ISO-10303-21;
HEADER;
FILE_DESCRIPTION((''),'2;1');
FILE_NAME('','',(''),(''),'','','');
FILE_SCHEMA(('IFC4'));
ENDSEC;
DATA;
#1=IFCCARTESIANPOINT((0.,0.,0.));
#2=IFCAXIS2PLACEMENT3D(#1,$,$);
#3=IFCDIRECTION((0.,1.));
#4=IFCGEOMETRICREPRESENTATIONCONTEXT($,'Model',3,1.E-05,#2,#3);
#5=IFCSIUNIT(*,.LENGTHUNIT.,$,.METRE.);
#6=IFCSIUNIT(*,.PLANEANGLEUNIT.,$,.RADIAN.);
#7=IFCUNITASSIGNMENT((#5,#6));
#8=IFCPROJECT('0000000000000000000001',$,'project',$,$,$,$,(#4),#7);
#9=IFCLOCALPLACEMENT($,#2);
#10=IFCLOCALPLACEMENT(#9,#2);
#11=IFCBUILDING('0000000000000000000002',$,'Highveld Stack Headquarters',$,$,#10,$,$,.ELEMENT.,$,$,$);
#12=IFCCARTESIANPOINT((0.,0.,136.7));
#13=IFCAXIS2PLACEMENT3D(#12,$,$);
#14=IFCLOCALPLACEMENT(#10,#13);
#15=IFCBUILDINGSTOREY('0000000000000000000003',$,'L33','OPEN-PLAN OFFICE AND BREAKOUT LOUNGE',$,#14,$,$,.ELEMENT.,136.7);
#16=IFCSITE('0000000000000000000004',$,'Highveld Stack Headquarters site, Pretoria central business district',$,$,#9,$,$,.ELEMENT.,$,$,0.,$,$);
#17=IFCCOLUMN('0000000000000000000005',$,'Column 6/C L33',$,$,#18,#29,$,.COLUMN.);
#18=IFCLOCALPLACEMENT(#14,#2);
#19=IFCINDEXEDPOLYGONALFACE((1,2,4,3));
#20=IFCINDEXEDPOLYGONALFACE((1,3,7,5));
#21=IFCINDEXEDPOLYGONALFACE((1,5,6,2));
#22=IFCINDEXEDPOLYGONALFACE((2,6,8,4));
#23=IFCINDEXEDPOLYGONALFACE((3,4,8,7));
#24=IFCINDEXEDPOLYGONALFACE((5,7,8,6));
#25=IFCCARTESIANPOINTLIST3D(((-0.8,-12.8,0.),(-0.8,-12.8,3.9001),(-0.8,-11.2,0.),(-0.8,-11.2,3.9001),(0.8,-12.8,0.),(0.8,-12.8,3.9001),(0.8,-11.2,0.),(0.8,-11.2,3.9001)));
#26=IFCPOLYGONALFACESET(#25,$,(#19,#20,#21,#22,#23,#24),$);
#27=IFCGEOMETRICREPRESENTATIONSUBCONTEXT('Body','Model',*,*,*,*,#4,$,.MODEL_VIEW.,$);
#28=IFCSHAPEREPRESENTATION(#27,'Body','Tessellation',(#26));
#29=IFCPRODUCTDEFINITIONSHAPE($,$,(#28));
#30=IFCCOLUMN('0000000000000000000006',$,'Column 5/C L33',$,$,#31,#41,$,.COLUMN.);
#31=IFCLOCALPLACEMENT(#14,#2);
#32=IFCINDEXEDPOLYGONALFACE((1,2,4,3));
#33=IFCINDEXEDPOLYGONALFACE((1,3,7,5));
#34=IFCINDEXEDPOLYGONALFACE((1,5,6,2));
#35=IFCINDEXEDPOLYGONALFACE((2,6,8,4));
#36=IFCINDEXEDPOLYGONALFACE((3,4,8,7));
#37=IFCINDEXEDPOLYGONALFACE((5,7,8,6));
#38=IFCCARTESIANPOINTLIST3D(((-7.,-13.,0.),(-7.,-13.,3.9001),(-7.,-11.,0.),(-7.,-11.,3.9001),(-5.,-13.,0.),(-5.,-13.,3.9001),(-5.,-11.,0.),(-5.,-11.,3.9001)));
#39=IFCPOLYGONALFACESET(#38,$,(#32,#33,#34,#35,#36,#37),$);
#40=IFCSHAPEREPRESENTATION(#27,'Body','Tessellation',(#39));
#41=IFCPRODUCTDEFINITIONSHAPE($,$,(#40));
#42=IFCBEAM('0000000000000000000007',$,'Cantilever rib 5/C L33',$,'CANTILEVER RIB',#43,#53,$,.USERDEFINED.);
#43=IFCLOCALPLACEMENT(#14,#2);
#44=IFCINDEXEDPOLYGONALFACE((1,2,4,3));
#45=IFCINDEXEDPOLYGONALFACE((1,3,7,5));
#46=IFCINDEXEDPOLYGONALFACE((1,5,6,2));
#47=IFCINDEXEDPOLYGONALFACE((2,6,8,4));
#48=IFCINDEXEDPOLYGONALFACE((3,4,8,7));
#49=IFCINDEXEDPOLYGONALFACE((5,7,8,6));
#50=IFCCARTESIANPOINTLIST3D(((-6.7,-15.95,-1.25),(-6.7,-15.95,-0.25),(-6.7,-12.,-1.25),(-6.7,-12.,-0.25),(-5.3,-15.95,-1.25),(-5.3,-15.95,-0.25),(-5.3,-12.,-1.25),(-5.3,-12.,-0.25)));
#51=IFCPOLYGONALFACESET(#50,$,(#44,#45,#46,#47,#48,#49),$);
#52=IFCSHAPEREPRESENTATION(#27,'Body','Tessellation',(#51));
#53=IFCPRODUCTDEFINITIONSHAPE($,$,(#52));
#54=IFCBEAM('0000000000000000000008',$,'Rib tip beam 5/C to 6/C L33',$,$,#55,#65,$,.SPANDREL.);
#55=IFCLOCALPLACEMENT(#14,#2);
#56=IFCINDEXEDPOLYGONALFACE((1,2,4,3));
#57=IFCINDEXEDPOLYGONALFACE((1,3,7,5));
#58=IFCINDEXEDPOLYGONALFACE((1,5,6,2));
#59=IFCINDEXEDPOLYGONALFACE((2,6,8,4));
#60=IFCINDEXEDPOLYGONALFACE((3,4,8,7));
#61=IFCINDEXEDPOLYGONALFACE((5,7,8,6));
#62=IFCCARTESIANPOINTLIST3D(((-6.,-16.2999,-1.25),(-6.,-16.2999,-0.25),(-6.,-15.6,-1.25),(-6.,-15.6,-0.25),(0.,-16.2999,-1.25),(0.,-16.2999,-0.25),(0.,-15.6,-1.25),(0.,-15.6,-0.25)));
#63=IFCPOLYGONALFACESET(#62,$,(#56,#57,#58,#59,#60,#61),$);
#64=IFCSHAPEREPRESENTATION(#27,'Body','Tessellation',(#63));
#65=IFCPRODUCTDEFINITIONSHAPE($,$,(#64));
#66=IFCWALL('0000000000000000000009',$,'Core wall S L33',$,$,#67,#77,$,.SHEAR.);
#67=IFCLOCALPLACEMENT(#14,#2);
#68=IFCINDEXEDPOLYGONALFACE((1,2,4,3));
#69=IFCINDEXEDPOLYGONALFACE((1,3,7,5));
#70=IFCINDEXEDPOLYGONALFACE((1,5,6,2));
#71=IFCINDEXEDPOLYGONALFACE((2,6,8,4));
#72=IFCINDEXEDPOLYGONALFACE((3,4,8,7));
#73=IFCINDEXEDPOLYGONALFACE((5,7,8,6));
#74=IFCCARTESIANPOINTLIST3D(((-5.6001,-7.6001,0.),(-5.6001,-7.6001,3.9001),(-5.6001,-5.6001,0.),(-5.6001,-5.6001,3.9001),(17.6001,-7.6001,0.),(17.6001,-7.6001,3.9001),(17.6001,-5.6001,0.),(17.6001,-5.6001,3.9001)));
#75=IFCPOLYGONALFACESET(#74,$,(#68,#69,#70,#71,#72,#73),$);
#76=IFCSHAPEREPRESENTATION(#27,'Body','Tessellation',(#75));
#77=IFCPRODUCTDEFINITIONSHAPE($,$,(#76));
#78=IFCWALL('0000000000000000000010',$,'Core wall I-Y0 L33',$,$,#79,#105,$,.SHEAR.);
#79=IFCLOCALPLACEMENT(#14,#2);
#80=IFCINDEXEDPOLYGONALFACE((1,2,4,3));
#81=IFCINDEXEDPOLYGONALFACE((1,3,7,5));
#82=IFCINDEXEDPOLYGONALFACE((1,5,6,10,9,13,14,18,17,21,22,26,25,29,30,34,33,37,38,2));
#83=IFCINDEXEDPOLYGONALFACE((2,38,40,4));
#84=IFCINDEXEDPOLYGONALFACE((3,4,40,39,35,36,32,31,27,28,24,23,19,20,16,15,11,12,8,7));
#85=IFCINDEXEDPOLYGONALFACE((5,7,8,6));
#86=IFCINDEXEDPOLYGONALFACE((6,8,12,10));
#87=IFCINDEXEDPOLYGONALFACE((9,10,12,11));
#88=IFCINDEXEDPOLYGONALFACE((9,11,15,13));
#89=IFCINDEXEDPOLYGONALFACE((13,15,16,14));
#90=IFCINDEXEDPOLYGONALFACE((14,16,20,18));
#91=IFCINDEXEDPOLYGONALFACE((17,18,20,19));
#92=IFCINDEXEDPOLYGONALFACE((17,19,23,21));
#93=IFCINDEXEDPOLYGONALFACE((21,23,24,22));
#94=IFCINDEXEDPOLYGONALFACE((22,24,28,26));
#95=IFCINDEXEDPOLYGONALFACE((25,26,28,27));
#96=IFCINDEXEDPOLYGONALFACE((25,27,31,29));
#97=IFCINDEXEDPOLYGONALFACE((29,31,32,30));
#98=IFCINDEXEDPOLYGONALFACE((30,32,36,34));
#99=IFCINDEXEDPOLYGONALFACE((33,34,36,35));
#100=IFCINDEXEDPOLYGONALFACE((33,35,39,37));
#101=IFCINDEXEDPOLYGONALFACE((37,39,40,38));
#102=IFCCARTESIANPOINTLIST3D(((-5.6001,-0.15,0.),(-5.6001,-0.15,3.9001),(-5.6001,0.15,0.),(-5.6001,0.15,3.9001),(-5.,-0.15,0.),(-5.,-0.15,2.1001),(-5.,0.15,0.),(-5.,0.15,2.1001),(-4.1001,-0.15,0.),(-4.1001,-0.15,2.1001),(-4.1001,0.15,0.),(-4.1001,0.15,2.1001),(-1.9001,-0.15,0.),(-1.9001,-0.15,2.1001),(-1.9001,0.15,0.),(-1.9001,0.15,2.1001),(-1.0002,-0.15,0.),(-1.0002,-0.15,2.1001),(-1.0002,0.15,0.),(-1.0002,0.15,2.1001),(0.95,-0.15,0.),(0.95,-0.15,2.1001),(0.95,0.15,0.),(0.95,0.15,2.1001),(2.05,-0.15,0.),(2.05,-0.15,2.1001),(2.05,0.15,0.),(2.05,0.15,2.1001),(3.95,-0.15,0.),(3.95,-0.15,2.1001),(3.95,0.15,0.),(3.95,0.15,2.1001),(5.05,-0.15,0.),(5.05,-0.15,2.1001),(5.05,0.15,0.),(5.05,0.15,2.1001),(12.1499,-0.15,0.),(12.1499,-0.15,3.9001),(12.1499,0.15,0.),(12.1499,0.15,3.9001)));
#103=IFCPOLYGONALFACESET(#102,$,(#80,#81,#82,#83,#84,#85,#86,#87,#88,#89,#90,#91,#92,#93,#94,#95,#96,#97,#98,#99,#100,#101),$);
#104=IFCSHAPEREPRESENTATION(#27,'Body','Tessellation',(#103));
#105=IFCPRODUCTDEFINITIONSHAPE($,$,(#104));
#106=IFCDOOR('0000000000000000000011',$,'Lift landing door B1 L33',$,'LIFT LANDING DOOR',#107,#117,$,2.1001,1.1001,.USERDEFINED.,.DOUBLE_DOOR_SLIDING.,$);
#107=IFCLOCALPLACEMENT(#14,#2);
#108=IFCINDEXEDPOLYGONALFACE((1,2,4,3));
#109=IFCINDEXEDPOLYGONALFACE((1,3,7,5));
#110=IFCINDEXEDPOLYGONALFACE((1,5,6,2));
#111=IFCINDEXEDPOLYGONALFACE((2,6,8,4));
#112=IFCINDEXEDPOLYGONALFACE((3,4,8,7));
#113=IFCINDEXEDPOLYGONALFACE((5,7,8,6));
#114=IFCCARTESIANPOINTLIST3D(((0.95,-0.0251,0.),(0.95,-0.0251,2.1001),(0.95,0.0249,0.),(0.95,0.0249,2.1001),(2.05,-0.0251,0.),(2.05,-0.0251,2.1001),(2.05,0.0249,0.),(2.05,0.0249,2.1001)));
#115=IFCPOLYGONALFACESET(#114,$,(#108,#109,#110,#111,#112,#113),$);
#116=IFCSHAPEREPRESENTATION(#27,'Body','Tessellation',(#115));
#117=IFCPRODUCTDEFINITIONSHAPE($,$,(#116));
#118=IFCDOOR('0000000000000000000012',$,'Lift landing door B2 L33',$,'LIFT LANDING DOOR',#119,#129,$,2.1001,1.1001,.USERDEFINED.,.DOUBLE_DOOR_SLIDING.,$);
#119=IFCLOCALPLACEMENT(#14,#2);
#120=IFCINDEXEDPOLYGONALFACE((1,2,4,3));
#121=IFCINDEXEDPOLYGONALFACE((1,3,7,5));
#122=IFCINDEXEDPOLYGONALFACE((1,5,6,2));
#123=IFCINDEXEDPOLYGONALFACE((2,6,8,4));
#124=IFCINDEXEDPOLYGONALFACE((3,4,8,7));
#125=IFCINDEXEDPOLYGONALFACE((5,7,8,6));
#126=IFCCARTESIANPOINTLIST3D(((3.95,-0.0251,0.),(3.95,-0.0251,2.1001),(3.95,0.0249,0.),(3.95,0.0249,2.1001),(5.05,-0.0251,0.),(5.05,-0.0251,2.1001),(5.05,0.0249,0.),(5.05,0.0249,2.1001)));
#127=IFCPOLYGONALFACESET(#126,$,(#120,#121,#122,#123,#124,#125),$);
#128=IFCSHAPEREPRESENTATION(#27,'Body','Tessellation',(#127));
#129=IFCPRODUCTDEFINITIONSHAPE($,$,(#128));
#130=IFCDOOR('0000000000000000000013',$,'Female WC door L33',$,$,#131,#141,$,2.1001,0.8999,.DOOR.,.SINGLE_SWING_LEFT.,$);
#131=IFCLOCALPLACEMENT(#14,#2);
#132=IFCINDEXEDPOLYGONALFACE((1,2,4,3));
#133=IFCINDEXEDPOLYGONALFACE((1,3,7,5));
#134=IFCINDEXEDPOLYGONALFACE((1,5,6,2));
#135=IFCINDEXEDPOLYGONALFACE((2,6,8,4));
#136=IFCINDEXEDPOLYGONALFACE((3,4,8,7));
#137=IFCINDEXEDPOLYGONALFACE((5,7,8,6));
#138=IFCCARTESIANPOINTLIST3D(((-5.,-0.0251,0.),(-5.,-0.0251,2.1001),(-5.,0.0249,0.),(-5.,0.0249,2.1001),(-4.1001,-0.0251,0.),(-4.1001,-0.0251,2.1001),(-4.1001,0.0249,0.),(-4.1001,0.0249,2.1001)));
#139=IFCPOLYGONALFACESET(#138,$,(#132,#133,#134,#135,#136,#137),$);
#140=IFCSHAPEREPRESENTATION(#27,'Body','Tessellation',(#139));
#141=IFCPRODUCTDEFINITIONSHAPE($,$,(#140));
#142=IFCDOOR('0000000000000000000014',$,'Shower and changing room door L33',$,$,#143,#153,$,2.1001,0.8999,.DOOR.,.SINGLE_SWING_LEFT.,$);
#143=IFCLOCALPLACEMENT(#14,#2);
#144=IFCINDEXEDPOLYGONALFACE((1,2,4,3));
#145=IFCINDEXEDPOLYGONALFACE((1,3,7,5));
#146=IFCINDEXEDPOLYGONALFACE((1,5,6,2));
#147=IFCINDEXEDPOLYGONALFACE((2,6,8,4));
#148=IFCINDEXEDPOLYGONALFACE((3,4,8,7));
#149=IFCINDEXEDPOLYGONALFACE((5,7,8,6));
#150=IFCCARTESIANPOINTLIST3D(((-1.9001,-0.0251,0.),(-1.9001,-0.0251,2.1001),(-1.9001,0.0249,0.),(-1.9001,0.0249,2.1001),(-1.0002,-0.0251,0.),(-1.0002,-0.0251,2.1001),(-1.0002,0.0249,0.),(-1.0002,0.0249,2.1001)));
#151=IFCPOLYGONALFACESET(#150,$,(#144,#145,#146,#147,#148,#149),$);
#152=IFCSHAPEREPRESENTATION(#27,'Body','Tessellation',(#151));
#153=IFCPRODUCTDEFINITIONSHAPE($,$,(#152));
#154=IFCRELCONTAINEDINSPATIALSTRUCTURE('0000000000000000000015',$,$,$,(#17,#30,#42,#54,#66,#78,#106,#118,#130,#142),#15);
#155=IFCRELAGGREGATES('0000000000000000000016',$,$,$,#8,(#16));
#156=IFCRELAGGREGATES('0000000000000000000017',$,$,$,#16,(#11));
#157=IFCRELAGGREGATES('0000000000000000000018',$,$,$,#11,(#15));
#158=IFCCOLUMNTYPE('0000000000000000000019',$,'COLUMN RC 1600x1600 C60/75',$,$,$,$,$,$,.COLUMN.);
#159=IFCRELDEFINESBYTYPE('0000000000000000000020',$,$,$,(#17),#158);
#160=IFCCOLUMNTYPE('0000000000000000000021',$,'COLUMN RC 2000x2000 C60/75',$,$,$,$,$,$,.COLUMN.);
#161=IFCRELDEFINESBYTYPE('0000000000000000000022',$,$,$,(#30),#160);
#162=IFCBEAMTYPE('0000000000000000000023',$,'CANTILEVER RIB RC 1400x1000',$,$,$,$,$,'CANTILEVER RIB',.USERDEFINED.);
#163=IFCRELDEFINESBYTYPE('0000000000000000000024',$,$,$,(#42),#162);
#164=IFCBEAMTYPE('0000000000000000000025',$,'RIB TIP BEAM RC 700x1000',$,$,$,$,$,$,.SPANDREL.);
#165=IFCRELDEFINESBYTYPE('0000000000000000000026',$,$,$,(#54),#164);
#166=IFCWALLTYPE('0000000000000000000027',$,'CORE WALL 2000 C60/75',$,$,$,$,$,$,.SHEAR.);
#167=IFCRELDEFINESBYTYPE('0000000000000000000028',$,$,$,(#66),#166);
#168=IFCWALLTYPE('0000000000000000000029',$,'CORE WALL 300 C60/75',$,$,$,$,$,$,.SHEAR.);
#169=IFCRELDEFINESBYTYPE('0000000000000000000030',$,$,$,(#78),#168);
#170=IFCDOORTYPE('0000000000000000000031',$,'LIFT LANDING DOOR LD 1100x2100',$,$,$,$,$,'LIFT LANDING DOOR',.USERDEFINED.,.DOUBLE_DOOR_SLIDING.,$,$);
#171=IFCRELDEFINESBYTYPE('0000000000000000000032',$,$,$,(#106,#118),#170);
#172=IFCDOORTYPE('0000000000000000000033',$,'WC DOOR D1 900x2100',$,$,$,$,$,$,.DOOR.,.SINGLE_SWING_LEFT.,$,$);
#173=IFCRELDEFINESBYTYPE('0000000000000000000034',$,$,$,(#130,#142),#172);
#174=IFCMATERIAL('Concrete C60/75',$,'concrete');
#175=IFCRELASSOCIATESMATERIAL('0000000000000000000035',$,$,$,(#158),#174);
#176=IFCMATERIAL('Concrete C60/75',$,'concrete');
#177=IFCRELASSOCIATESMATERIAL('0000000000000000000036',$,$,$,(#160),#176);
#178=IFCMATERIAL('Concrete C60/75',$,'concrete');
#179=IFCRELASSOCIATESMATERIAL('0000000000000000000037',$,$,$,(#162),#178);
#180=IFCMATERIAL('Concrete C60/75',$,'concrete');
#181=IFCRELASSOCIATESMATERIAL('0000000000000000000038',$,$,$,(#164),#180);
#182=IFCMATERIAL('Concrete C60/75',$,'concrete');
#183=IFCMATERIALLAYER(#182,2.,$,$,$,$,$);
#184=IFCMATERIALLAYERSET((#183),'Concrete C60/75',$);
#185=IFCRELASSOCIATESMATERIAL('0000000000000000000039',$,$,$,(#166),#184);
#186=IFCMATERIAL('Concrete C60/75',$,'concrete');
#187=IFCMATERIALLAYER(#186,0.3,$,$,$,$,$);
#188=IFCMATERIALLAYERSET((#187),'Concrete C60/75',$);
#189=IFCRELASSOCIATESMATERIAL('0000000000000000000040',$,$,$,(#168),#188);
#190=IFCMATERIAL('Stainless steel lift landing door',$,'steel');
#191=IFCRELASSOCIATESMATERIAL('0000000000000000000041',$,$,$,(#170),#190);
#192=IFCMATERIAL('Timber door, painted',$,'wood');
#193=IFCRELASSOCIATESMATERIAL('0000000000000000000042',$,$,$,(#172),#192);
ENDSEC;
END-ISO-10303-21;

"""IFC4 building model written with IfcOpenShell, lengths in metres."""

from ifc_helpers import new_model, si_unit, direction, frame, frame_2d, origin, origin_2d, place, context, subcontext, project, spatial, rectangle, extrude, material, layer, layer_set, material_profile, profile_set, type_object, element, fill, save


model = new_model("IFC4")

# Units and contexts
model_context = context("Model", 3, precision=1e-05, world=origin(), true_north=direction((0.0, 1.0)))
body_context = subcontext(model_context, "Body", "Model", "MODEL_VIEW")
ifc_project = project(units=[si_unit("LENGTHUNIT", "METRE"), si_unit("PLANEANGLEUNIT", "RADIAN")], contexts=[model_context])

# Site, building, storey
site_placement = place(None, origin())
site = spatial("IfcSite", under=ifc_project, at=site_placement, Name="Highveld Stack Headquarters site, Pretoria central business district", CompositionType="ELEMENT", RefElevation=0.0)
building_placement = place(site_placement, origin())
building = spatial("IfcBuilding", under=site, at=building_placement, Name="Highveld Stack Headquarters", CompositionType="ELEMENT")
storey_placement = place(building_placement, frame((0.0, 0.0, 136.7)))
storey = spatial("IfcBuildingStorey", under=building, at=storey_placement, Name="L33", Description="OPEN-PLAN OFFICE AND BREAKOUT LOUNGE", CompositionType="ELEMENT", Elevation=136.7)

# Columns
ifc_material_1 = material(Name="Concrete C60/75", Category="concrete")
ifc_material_profile_1 = material_profile(ifc_material_1, rectangle(XDim=1.6001, YDim=1.6001, at=origin_2d()), Name="RC 1600x1600")
ifc_profile_set_1 = profile_set([ifc_material_profile_1], Name="Concrete C60/75")
column_type_1 = type_object("IfcColumnType", Name="COLUMN RC 1600x1600 C60/75", PredefinedType="COLUMN", material=ifc_profile_set_1)
column_1_placement = place(storey_placement, frame((0.0, -12.0, 0.0), z_axis=(0.0, 0.0, 1.0), x_axis=(1.0, 0.0, 0.0)))
element("IfcColumn", 1, at=column_1_placement, inside=storey, type_object=column_type_1, Name="Column 6/C L33", PredefinedType="COLUMN", context=body_context, shape_type="SweptSolid", body=[
    extrude(rectangle(XDim=1.6001, YDim=1.6001, at=origin_2d()), origin(), (0.0, 0.0, 1.0), 3.9001),
])
ifc_material_2 = material(Name="Concrete C60/75", Category="concrete")
ifc_material_profile_2 = material_profile(ifc_material_2, rectangle(XDim=2.0, YDim=2.0, at=origin_2d()), Name="RC 2000x2000")
ifc_profile_set_2 = profile_set([ifc_material_profile_2], Name="Concrete C60/75")
column_type_2 = type_object("IfcColumnType", Name="COLUMN RC 2000x2000 C60/75", PredefinedType="COLUMN", material=ifc_profile_set_2)
column_2_placement = place(storey_placement, frame((-6.0, -12.0, 0.0), z_axis=(0.0, 0.0, 1.0), x_axis=(1.0, 0.0, 0.0)))
element("IfcColumn", 2, at=column_2_placement, inside=storey, type_object=column_type_2, Name="Column 5/C L33", PredefinedType="COLUMN", context=body_context, shape_type="SweptSolid", body=[
    extrude(rectangle(XDim=2.0, YDim=2.0, at=origin_2d()), origin(), (0.0, 0.0, 1.0), 3.9001),
])

# Beams
ifc_material_3 = material(Name="Concrete C60/75", Category="concrete")
ifc_material_profile_3 = material_profile(ifc_material_3, rectangle(XDim=1.3999, YDim=1.0, at=origin_2d()), Name="RC 1400x1000")
ifc_profile_set_3 = profile_set([ifc_material_profile_3], Name="Concrete C60/75")
beam_type_1 = type_object("IfcBeamType", Name="CANTILEVER RIB RC 1400x1000", ElementType="CANTILEVER RIB", PredefinedType="USERDEFINED", material=ifc_profile_set_3)
beam_1_placement = place(storey_placement, frame((-6.0, -12.0, -0.75), z_axis=(0.0, -1.0, 0.0), x_axis=(1.0, 0.0, 0.0)))
element("IfcBeam", 3, at=beam_1_placement, inside=storey, type_object=beam_type_1, Name="Cantilever rib 5/C L33", ObjectType="CANTILEVER RIB", PredefinedType="USERDEFINED", context=body_context, shape_type="SweptSolid", body=[
    extrude(rectangle(XDim=1.3999, YDim=1.0, at=origin_2d()), origin(), (0.0, 0.0, 1.0), 3.95),
])
ifc_material_4 = material(Name="Concrete C60/75", Category="concrete")
ifc_material_profile_4 = material_profile(ifc_material_4, rectangle(XDim=0.7, YDim=1.0, at=origin_2d()), Name="RC 700x1000")
ifc_profile_set_4 = profile_set([ifc_material_profile_4], Name="Concrete C60/75")
beam_type_2 = type_object("IfcBeamType", Name="RIB TIP BEAM RC 700x1000", PredefinedType="SPANDREL", material=ifc_profile_set_4)
beam_2_placement = place(storey_placement, frame((-6.0, -15.95, -0.75), z_axis=(1.0, 0.0, 0.0), x_axis=(0.0, 1.0, 0.0)))
element("IfcBeam", 4, at=beam_2_placement, inside=storey, type_object=beam_type_2, Name="Rib tip beam 5/C to 6/C L33", PredefinedType="SPANDREL", context=body_context, shape_type="SweptSolid", body=[
    extrude(rectangle(XDim=0.7, YDim=1.0, at=origin_2d()), origin(), (0.0, 0.0, 1.0), 6.0),
])

# Wall
ifc_material_5 = material(Name="Concrete C60/75", Category="concrete")
ifc_layer_1 = layer(ifc_material_5, 2.0)
ifc_layer_set_1 = layer_set([ifc_layer_1], Name="Concrete C60/75")
wall_type_1 = type_object("IfcWallType", Name="CORE WALL 2000 C60/75", PredefinedType="SHEAR", material=ifc_layer_set_1)
wall_1_placement = place(storey_placement, frame((-5.6001, -6.6001, 0.0), z_axis=(0.0, 0.0, 1.0), x_axis=(1.0, 0.0, 0.0)))
element("IfcWall", 5, at=wall_1_placement, inside=storey, type_object=wall_type_1, Name="Core wall S L33", PredefinedType="SHEAR", context=body_context, shape_type="SweptSolid", body=[
    extrude(rectangle(XDim=23.2002, YDim=2.0, at=frame_2d((11.6001, 0.0))), origin(), (0.0, 0.0, 1.0), 3.9001),
])

# Wall, openings, doors
ifc_material_6 = material(Name="Concrete C60/75", Category="concrete")
ifc_layer_2 = layer(ifc_material_6, 0.3)
ifc_layer_set_2 = layer_set([ifc_layer_2], Name="Concrete C60/75")
wall_type_2 = type_object("IfcWallType", Name="CORE WALL 300 C60/75", PredefinedType="SHEAR", material=ifc_layer_set_2)
wall_2_placement = place(storey_placement, frame((-5.6001, 0.0, 0.0), z_axis=(0.0, 0.0, 1.0), x_axis=(1.0, 0.0, 0.0)))
wall_2 = element("IfcWall", 6, at=wall_2_placement, inside=storey, type_object=wall_type_2, Name="Core wall I-Y0 L33", PredefinedType="SHEAR", context=body_context, shape_type="SweptSolid", body=[
    extrude(rectangle(XDim=17.75, YDim=0.3, at=frame_2d((8.875, 0.0))), origin(), (0.0, 0.0, 1.0), 3.9001),
])
opening_1_placement = place(wall_2_placement, frame((0.6001, 0.0, 0.0)))
opening_1 = element("IfcOpeningElement", 7, at=opening_1_placement, cuts=wall_2, PredefinedType="OPENING", context=body_context, shape_type="SweptSolid", body=[
    extrude(rectangle(XDim=0.8999, YDim=2.1001, at=frame_2d((0.45, 1.05))), frame((0.0, 0.1599, 0.0), z_axis=(0.0, -1.0, 0.0), x_axis=(1.0, 0.0, 0.0)), (0.0, 0.0, 1.0), 0.3201),
])
opening_2_placement = place(wall_2_placement, frame((3.7, 0.0, 0.0)))
opening_2 = element("IfcOpeningElement", 8, at=opening_2_placement, cuts=wall_2, PredefinedType="OPENING", context=body_context, shape_type="SweptSolid", body=[
    extrude(rectangle(XDim=0.8999, YDim=2.1001, at=frame_2d((0.45, 1.05))), frame((0.0, 0.1599, 0.0), z_axis=(0.0, -1.0, 0.0), x_axis=(1.0, 0.0, 0.0)), (0.0, 0.0, 1.0), 0.3201),
])
opening_3_placement = place(wall_2_placement, frame((6.55, 0.0, 0.0)))
opening_3 = element("IfcOpeningElement", 9, at=opening_3_placement, cuts=wall_2, PredefinedType="OPENING", context=body_context, shape_type="SweptSolid", body=[
    extrude(rectangle(XDim=1.1001, YDim=2.1001, at=frame_2d((0.55, 1.05))), frame((0.0, 0.1599, 0.0), z_axis=(0.0, -1.0, 0.0), x_axis=(1.0, 0.0, 0.0)), (0.0, 0.0, 1.0), 0.3201),
])
opening_4_placement = place(wall_2_placement, frame((9.55, 0.0, 0.0)))
opening_4 = element("IfcOpeningElement", 10, at=opening_4_placement, cuts=wall_2, PredefinedType="OPENING", context=body_context, shape_type="SweptSolid", body=[
    extrude(rectangle(XDim=1.1001, YDim=2.1001, at=frame_2d((0.55, 1.05))), frame((0.0, 0.1599, 0.0), z_axis=(0.0, -1.0, 0.0), x_axis=(1.0, 0.0, 0.0)), (0.0, 0.0, 1.0), 0.3201),
])
ifc_material_7 = material(Name="Stainless steel lift landing door", Category="steel")
door_type_1 = type_object("IfcDoorType", Name="LIFT LANDING DOOR LD 1100x2100", ElementType="LIFT LANDING DOOR", OperationType="DOUBLE_DOOR_SLIDING", PredefinedType="USERDEFINED", material=ifc_material_7)
door_1_placement = place(opening_3_placement, origin())
door_1 = element("IfcDoor", 11, at=door_1_placement, inside=storey, type_object=door_type_1, Name="Lift landing door B1 L33", ObjectType="LIFT LANDING DOOR", OperationType="DOUBLE_DOOR_SLIDING", OverallHeight=2.1001, OverallWidth=1.1001, PredefinedType="USERDEFINED", context=body_context, shape_type="SweptSolid", body=[
    extrude(rectangle(XDim=1.1001, YDim=2.1001, at=frame_2d((0.55, 1.05))), frame((0.0, 0.0249, 0.0), z_axis=(0.0, -1.0, 0.0), x_axis=(1.0, 0.0, 0.0)), (0.0, 0.0, 1.0), 0.05),
])
fill(opening_3, door_1)
door_2_placement = place(opening_4_placement, origin())
door_2 = element("IfcDoor", 12, at=door_2_placement, inside=storey, type_object=door_type_1, Name="Lift landing door B2 L33", ObjectType="LIFT LANDING DOOR", OperationType="DOUBLE_DOOR_SLIDING", OverallHeight=2.1001, OverallWidth=1.1001, PredefinedType="USERDEFINED", context=body_context, shape_type="SweptSolid", body=[
    extrude(rectangle(XDim=1.1001, YDim=2.1001, at=frame_2d((0.55, 1.05))), frame((0.0, 0.0249, 0.0), z_axis=(0.0, -1.0, 0.0), x_axis=(1.0, 0.0, 0.0)), (0.0, 0.0, 1.0), 0.05),
])
fill(opening_4, door_2)
ifc_material_8 = material(Name="Timber door, painted", Category="wood")
door_type_2 = type_object("IfcDoorType", Name="WC DOOR D1 900x2100", OperationType="SINGLE_SWING_LEFT", PredefinedType="DOOR", material=ifc_material_8)
door_3_placement = place(opening_1_placement, origin())
door_3 = element("IfcDoor", 13, at=door_3_placement, inside=storey, type_object=door_type_2, Name="Female WC door L33", OperationType="SINGLE_SWING_LEFT", OverallHeight=2.1001, OverallWidth=0.8999, PredefinedType="DOOR", context=body_context, shape_type="SweptSolid", body=[
    extrude(rectangle(XDim=0.8999, YDim=2.1001, at=frame_2d((0.45, 1.05))), frame((0.0, 0.0249, 0.0), z_axis=(0.0, -1.0, 0.0), x_axis=(1.0, 0.0, 0.0)), (0.0, 0.0, 1.0), 0.05),
])
fill(opening_1, door_3)
door_4_placement = place(opening_2_placement, origin())
door_4 = element("IfcDoor", 14, at=door_4_placement, inside=storey, type_object=door_type_2, Name="Shower and changing room door L33", OperationType="SINGLE_SWING_LEFT", OverallHeight=2.1001, OverallWidth=0.8999, PredefinedType="DOOR", context=body_context, shape_type="SweptSolid", body=[
    extrude(rectangle(XDim=0.8999, YDim=2.1001, at=frame_2d((0.45, 1.05))), frame((0.0, 0.0249, 0.0), z_axis=(0.0, -1.0, 0.0), x_axis=(1.0, 0.0, 0.0)), (0.0, 0.0, 1.0), 0.05),
])
fill(opening_2, door_4)

save(model, "model.ifc")
